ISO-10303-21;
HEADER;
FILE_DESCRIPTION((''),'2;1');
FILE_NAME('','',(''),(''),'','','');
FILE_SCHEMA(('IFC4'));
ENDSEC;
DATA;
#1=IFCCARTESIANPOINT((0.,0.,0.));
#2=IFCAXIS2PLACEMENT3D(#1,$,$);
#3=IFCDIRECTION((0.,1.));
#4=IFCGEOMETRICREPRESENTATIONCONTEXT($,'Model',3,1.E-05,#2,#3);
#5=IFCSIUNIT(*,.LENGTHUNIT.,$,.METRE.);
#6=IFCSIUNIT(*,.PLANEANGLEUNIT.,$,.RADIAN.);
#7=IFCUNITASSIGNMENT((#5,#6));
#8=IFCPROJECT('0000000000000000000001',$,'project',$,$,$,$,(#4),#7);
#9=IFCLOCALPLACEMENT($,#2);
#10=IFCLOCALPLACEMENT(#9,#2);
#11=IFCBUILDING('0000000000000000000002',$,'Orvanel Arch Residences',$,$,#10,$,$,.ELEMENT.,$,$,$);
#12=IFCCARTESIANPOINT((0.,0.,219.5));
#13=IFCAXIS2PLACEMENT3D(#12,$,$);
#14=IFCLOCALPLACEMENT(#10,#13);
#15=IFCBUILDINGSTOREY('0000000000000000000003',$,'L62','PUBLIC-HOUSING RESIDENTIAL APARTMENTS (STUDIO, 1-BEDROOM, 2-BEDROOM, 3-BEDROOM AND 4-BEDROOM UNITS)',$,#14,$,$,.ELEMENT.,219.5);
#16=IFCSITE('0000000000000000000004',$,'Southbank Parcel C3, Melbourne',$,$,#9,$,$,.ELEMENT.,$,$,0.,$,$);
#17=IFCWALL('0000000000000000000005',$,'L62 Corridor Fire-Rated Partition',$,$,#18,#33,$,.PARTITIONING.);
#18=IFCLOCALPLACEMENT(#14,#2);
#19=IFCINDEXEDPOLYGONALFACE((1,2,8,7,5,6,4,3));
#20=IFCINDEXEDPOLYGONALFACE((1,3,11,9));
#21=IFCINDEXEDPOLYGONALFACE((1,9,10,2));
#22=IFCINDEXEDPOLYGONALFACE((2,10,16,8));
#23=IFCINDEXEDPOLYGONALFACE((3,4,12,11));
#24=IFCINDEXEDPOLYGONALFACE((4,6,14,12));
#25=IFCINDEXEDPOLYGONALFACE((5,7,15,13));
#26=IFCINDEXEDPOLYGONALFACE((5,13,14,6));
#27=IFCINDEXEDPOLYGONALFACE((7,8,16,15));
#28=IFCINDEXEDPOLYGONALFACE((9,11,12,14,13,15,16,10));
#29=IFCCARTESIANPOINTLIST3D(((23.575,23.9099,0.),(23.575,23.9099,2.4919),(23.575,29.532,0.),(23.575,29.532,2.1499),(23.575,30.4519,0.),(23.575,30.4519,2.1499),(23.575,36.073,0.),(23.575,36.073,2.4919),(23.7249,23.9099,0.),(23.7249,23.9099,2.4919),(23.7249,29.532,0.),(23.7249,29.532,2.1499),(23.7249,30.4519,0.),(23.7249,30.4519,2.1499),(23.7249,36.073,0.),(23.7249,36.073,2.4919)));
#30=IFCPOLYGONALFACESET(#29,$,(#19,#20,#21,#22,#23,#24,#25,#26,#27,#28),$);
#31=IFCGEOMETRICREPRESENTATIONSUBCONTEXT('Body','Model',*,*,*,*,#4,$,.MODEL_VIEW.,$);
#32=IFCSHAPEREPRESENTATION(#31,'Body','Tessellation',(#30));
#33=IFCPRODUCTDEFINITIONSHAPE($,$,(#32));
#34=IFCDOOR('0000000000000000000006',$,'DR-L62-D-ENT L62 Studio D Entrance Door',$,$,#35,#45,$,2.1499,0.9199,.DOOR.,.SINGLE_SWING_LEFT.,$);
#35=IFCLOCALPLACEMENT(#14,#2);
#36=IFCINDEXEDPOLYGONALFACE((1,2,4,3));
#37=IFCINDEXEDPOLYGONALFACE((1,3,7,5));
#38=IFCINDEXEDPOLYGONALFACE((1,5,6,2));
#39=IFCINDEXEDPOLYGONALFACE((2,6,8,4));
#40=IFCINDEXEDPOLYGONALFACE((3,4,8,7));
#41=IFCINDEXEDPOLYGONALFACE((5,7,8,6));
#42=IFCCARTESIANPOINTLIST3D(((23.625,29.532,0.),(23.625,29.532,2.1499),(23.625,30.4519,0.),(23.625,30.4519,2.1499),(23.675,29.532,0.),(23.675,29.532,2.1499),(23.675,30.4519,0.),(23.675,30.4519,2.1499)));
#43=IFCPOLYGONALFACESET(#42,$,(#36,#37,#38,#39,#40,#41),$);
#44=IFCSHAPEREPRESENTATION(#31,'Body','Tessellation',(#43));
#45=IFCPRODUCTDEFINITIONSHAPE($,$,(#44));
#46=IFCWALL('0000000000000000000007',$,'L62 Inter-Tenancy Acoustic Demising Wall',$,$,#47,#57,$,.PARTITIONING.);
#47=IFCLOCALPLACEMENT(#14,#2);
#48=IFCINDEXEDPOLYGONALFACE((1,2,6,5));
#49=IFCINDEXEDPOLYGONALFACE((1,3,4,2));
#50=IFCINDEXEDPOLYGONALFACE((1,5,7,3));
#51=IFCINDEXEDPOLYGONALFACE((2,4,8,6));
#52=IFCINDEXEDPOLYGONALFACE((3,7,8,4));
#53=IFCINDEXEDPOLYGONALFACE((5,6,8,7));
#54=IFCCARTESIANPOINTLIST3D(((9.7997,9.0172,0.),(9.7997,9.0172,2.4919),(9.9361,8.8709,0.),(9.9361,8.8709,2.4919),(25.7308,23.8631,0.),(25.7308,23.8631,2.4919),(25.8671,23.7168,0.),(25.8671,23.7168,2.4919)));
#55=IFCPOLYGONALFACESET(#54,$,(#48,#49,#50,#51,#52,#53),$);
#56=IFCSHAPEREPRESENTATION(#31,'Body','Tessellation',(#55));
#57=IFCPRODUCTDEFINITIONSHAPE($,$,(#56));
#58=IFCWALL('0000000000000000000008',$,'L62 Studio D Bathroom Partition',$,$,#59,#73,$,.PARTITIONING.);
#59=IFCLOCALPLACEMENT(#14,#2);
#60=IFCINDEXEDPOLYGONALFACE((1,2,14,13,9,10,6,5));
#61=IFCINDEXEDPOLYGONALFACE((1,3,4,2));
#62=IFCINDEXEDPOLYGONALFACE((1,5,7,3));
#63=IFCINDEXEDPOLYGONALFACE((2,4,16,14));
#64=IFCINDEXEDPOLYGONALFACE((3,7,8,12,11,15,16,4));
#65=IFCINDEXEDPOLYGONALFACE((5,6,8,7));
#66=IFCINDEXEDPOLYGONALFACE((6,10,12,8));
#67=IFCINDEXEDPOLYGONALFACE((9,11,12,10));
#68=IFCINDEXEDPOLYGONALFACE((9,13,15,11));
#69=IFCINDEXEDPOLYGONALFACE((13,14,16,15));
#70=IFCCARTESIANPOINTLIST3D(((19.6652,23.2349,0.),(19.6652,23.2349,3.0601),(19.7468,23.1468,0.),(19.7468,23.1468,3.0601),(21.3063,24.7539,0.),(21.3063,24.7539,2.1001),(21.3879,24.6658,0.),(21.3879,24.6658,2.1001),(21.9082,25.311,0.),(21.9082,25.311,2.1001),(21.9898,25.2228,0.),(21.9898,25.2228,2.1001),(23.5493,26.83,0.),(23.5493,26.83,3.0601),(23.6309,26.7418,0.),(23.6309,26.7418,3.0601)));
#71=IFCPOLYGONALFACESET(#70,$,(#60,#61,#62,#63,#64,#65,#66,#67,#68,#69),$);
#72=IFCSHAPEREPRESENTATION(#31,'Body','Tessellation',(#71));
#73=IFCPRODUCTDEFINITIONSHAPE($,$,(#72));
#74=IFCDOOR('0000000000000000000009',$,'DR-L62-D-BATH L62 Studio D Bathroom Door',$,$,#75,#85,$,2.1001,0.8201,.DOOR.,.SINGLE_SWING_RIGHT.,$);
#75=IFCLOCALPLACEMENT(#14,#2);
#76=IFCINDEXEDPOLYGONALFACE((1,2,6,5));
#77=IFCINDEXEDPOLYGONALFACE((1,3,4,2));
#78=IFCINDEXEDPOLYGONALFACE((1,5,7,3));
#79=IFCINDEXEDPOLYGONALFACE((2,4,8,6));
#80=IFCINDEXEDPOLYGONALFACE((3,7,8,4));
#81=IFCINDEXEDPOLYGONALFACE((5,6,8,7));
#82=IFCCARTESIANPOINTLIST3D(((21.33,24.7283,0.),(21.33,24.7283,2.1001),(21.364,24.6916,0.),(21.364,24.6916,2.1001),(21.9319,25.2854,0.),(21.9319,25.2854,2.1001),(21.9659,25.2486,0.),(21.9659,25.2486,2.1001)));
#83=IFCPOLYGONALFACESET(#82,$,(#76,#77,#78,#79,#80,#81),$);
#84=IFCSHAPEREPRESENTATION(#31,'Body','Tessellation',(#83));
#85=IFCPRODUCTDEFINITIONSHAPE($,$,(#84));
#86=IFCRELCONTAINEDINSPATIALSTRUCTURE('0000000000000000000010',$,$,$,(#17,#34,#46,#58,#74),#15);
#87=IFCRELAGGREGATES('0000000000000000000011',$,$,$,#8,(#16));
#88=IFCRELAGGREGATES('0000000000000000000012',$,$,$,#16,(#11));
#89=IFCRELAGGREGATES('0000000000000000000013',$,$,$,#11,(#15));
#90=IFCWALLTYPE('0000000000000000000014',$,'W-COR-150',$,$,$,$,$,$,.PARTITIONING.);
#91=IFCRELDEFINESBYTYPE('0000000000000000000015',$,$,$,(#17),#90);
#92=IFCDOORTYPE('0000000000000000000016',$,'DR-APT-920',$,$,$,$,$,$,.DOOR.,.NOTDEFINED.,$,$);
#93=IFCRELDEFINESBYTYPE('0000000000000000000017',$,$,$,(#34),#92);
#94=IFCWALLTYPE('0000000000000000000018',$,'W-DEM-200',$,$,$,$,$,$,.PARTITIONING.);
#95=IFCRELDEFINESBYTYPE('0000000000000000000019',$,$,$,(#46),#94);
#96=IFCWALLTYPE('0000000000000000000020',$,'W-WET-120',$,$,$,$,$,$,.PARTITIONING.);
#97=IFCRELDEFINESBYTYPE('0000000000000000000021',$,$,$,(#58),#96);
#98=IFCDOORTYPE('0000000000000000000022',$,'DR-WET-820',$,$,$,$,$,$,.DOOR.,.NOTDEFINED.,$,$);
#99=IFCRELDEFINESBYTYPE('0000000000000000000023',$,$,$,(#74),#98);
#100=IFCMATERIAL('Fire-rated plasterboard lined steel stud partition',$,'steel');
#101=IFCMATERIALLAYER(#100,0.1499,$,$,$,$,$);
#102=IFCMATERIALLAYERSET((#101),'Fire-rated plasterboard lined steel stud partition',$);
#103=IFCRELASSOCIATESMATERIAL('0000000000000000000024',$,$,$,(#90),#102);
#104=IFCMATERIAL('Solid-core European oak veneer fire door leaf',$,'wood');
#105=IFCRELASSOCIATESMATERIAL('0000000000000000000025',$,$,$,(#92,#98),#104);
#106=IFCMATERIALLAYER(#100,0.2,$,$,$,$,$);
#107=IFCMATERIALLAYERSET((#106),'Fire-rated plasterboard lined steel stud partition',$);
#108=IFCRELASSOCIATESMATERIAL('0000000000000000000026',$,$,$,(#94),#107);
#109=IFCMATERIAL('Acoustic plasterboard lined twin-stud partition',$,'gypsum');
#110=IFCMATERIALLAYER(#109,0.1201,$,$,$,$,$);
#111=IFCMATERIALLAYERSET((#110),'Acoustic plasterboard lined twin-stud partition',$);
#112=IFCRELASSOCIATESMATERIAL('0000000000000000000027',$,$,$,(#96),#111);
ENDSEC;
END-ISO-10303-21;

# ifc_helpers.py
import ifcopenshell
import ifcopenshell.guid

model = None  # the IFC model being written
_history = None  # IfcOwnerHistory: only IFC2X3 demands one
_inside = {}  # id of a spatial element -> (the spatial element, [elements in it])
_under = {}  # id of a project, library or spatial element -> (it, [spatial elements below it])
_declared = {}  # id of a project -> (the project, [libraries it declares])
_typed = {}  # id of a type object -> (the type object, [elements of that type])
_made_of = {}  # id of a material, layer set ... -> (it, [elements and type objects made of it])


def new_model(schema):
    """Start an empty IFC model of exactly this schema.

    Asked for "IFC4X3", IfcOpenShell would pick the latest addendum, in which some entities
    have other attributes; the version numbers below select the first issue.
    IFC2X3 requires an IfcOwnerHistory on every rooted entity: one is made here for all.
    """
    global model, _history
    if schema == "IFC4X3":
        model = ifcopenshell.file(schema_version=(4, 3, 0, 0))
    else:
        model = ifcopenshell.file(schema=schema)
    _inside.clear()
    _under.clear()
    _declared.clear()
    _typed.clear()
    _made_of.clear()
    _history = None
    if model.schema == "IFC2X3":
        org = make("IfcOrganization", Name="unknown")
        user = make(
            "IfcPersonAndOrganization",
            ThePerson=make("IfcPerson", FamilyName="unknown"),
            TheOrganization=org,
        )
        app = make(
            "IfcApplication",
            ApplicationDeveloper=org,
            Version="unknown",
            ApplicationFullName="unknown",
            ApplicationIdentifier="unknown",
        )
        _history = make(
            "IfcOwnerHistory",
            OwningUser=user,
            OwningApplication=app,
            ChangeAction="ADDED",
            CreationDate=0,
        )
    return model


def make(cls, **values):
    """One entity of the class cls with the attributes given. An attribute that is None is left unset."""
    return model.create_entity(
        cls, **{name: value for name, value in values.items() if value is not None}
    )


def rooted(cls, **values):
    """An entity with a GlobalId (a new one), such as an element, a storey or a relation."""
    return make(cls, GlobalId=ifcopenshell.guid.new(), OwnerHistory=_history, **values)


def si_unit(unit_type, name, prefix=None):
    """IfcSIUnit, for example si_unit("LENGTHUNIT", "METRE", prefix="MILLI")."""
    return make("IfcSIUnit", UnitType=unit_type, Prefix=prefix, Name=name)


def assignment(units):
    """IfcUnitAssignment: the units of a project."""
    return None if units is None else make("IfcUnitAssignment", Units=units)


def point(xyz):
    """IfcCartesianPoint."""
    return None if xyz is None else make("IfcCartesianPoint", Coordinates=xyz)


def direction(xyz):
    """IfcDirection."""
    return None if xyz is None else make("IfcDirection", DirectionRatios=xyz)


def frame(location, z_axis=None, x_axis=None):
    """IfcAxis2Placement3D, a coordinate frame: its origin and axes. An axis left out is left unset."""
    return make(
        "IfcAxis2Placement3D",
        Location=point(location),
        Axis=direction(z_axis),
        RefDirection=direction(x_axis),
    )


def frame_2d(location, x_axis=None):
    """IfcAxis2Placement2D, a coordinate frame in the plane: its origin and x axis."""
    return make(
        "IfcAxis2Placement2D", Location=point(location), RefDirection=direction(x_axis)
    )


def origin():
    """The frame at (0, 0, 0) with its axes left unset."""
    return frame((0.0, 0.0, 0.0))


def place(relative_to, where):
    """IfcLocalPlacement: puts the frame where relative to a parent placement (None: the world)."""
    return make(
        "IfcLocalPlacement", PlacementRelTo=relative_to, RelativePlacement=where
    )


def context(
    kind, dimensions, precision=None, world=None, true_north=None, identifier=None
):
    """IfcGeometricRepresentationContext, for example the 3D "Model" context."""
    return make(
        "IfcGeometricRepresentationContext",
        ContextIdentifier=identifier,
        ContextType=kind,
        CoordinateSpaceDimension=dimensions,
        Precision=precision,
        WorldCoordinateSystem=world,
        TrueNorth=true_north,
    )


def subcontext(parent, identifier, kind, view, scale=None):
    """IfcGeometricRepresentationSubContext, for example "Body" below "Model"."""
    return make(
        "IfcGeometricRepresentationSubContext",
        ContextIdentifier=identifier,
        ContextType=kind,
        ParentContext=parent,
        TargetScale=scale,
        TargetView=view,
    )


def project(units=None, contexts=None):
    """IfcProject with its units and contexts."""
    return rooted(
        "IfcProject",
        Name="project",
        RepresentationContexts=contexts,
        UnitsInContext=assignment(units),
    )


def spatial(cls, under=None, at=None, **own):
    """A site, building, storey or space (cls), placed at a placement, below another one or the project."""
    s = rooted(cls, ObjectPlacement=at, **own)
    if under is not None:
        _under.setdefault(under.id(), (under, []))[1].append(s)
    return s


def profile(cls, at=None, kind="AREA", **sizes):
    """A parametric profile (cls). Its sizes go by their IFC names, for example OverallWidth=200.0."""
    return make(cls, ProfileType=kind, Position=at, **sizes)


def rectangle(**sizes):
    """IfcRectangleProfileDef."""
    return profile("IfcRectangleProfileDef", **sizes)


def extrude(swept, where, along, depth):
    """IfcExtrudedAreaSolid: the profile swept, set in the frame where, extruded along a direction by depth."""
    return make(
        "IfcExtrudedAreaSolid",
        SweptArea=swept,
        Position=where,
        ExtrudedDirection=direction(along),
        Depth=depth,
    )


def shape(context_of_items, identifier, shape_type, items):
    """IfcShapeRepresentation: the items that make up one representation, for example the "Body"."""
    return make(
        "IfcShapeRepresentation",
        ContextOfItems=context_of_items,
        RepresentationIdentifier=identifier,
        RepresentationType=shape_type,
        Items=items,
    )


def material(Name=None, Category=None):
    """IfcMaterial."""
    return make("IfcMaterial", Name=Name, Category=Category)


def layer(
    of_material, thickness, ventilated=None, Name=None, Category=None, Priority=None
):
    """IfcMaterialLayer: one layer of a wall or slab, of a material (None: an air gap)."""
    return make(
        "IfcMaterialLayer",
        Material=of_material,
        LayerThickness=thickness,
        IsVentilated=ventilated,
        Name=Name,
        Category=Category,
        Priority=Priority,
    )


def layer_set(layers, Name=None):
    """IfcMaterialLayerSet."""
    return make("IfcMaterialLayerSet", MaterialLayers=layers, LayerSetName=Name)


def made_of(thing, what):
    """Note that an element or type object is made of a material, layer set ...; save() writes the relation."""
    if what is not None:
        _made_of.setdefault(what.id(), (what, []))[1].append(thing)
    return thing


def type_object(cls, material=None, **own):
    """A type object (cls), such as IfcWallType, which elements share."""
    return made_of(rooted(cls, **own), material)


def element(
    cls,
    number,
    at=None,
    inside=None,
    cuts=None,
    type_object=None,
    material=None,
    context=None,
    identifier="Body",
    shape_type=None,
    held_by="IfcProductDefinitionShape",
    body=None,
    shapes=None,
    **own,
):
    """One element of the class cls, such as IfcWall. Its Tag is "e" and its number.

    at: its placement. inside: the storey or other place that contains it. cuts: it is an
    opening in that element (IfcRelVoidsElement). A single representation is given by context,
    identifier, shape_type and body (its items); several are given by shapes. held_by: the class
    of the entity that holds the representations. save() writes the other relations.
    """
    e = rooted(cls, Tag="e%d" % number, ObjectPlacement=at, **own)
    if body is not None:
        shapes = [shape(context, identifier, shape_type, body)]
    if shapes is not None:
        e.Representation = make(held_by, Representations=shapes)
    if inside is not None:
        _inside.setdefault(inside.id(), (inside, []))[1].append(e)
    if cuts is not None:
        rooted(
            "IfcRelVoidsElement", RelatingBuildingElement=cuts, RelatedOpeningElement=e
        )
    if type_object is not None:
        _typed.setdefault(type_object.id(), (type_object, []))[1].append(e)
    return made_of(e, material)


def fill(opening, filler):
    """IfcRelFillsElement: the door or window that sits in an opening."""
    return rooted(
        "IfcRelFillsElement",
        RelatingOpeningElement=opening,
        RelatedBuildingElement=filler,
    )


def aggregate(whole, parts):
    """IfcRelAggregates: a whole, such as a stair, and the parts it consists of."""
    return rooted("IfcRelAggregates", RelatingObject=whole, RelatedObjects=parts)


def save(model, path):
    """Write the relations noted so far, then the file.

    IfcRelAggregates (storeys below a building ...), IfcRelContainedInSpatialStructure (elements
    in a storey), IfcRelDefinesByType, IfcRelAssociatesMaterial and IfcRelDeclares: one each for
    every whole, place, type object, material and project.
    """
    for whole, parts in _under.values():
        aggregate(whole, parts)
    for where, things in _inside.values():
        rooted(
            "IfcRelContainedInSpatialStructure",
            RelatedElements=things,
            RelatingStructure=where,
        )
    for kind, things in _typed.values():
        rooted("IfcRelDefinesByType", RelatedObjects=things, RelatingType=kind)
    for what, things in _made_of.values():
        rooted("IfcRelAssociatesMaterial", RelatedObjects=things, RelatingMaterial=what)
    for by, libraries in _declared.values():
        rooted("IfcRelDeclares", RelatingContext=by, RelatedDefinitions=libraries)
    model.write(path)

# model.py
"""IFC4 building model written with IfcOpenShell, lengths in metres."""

from ifc_helpers import new_model, si_unit, direction, frame, frame_2d, origin, place, context, subcontext, project, spatial, rectangle, extrude, material, layer, layer_set, type_object, element, fill, save


model = new_model("IFC4")

# Units and contexts
model_context = context("Model", 3, precision=1e-05, world=origin(), true_north=direction((0.0, 1.0)))
body_context = subcontext(model_context, "Body", "Model", "MODEL_VIEW")
ifc_project = project(units=[si_unit("LENGTHUNIT", "METRE"), si_unit("PLANEANGLEUNIT", "RADIAN")], contexts=[model_context])

# Site, building, storey
site_placement = place(None, origin())
site = spatial("IfcSite", under=ifc_project, at=site_placement, Name="Southbank Parcel C3, Melbourne", CompositionType="ELEMENT", RefElevation=0.0)
building_placement = place(site_placement, origin())
building = spatial("IfcBuilding", under=site, at=building_placement, Name="Orvanel Arch Residences", CompositionType="ELEMENT")
storey_placement = place(building_placement, frame((0.0, 0.0, 219.5)))
storey = spatial("IfcBuildingStorey", under=building, at=storey_placement, Name="L62", Description="PUBLIC-HOUSING RESIDENTIAL APARTMENTS (STUDIO, 1-BEDROOM, 2-BEDROOM, 3-BEDROOM AND 4-BEDROOM UNITS)", CompositionType="ELEMENT", Elevation=219.5)

# Wall, opening, door
ifc_material_1 = material(Name="Fire-rated plasterboard lined steel stud partition", Category="steel")
ifc_layer_1 = layer(ifc_material_1, 0.1499)
ifc_layer_set_1 = layer_set([ifc_layer_1], Name="Fire-rated plasterboard lined steel stud partition")
wall_type_1 = type_object("IfcWallType", Name="W-COR-150", PredefinedType="PARTITIONING", material=ifc_layer_set_1)
wall_1_placement = place(storey_placement, frame((23.6499, 23.9099, 0.0), z_axis=(0.0, 0.0, 1.0), x_axis=(0.0, 1.0, 0.0)))
wall_1 = element("IfcWall", 1, at=wall_1_placement, inside=storey, type_object=wall_type_1, Name="L62 Corridor Fire-Rated Partition", PredefinedType="PARTITIONING", context=body_context, shape_type="SweptSolid", body=[
    extrude(rectangle(XDim=12.1631, YDim=0.1499, at=frame_2d((6.0815, 0.0))), origin(), (0.0, 0.0, 1.0), 2.4919),
])
opening_1_placement = place(wall_1_placement, frame((5.6221, 0.0, 0.0)))
opening_1 = element("IfcOpeningElement", 2, at=opening_1_placement, cuts=wall_1, PredefinedType="OPENING", context=body_context, shape_type="SweptSolid", body=[
    extrude(rectangle(XDim=0.9199, YDim=2.1499, at=frame_2d((0.46, 1.075))), frame((0.0, 0.085, 0.0), z_axis=(0.0, -1.0, 0.0), x_axis=(1.0, 0.0, 0.0)), (0.0, 0.0, 1.0), 0.1699),
])
ifc_material_2 = material(Name="Solid-core European oak veneer fire door leaf", Category="wood")
door_type_1 = type_object("IfcDoorType", Name="DR-APT-920", OperationType="NOTDEFINED", PredefinedType="DOOR", material=ifc_material_2)
door_1_placement = place(opening_1_placement, origin())
door_1 = element("IfcDoor", 3, at=door_1_placement, inside=storey, type_object=door_type_1, Name="DR-L62-D-ENT L62 Studio D Entrance Door", OperationType="SINGLE_SWING_LEFT", OverallHeight=2.1499, OverallWidth=0.9199, PredefinedType="DOOR", context=body_context, shape_type="SweptSolid", body=[
    extrude(rectangle(XDim=0.9199, YDim=2.1499, at=frame_2d((0.46, 1.075))), frame((0.0, 0.0249, 0.0), z_axis=(0.0, -1.0, 0.0), x_axis=(1.0, 0.0, 0.0)), (0.0, 0.0, 1.0), 0.05),
])
fill(opening_1, door_1)

# Wall
ifc_layer_2 = layer(ifc_material_1, 0.2)
ifc_layer_set_2 = layer_set([ifc_layer_2], Name="Fire-rated plasterboard lined steel stud partition")
wall_type_2 = type_object("IfcWallType", Name="W-DEM-200", PredefinedType="PARTITIONING", material=ifc_layer_set_2)
wall_2_placement = place(storey_placement, frame((25.7991, 23.79, 0.0), z_axis=(0.0, 0.0, 1.0), x_axis=(-0.731585, -0.68175, 0.0)))
element("IfcWall", 4, at=wall_2_placement, inside=storey, type_object=wall_type_2, Name="L62 Inter-Tenancy Acoustic Demising Wall", PredefinedType="PARTITIONING", context=body_context, shape_type="SweptSolid", body=[
    extrude(rectangle(XDim=21.7761, YDim=0.2, at=frame_2d((10.8882, 0.0))), origin(), (0.0, 0.0, 1.0), 2.4919),
])

# Wall, opening, door
ifc_material_3 = material(Name="Acoustic plasterboard lined twin-stud partition", Category="gypsum")
ifc_layer_3 = layer(ifc_material_3, 0.1201)
ifc_layer_set_3 = layer_set([ifc_layer_3], Name="Acoustic plasterboard lined twin-stud partition")
wall_type_3 = type_object("IfcWallType", Name="W-WET-120", PredefinedType="PARTITIONING", material=ifc_layer_set_3)
wall_3_placement = place(storey_placement, frame((23.5901, 26.7859, 0.0), z_axis=(0.0, 0.0, 1.0), x_axis=(-0.733888, -0.67927, 0.0)))
wall_3 = element("IfcWall", 5, at=wall_3_placement, inside=storey, type_object=wall_type_3, Name="L62 Studio D Bathroom Partition", PredefinedType="PARTITIONING", context=body_context, shape_type="SweptSolid", body=[
    extrude(rectangle(XDim=5.2925, YDim=0.1201, at=frame_2d((2.6462, 0.0))), origin(), (0.0, 0.0, 1.0), 3.0601),
])
opening_2_placement = place(wall_3_placement, frame((2.2361, 0.0, 0.0)))
opening_2 = element("IfcOpeningElement", 6, at=opening_2_placement, cuts=wall_3, PredefinedType="OPENING", context=body_context, shape_type="SweptSolid", body=[
    extrude(rectangle(XDim=0.8201, YDim=2.1001, at=frame_2d((0.4102, 1.05))), frame((0.0, 0.0701, 0.0), z_axis=(0.0, -1.0, 0.0), x_axis=(1.0, 0.0, 0.0)), (0.0, 0.0, 1.0), 0.1401),
])
door_type_2 = type_object("IfcDoorType", Name="DR-WET-820", OperationType="NOTDEFINED", PredefinedType="DOOR", material=ifc_material_2)
door_2_placement = place(opening_2_placement, origin())
door_2 = element("IfcDoor", 7, at=door_2_placement, inside=storey, type_object=door_type_2, Name="DR-L62-D-BATH L62 Studio D Bathroom Door", OperationType="SINGLE_SWING_RIGHT", OverallHeight=2.1001, OverallWidth=0.8201, PredefinedType="DOOR", context=body_context, shape_type="SweptSolid", body=[
    extrude(rectangle(XDim=0.8201, YDim=2.1001, at=frame_2d((0.4102, 1.05))), frame((0.0, 0.0249, 0.0), z_axis=(0.0, -1.0, 0.0), x_axis=(1.0, 0.0, 0.0)), (0.0, 0.0, 1.0), 0.05),
])
fill(opening_2, door_2)

save(model, "model.ifc")
